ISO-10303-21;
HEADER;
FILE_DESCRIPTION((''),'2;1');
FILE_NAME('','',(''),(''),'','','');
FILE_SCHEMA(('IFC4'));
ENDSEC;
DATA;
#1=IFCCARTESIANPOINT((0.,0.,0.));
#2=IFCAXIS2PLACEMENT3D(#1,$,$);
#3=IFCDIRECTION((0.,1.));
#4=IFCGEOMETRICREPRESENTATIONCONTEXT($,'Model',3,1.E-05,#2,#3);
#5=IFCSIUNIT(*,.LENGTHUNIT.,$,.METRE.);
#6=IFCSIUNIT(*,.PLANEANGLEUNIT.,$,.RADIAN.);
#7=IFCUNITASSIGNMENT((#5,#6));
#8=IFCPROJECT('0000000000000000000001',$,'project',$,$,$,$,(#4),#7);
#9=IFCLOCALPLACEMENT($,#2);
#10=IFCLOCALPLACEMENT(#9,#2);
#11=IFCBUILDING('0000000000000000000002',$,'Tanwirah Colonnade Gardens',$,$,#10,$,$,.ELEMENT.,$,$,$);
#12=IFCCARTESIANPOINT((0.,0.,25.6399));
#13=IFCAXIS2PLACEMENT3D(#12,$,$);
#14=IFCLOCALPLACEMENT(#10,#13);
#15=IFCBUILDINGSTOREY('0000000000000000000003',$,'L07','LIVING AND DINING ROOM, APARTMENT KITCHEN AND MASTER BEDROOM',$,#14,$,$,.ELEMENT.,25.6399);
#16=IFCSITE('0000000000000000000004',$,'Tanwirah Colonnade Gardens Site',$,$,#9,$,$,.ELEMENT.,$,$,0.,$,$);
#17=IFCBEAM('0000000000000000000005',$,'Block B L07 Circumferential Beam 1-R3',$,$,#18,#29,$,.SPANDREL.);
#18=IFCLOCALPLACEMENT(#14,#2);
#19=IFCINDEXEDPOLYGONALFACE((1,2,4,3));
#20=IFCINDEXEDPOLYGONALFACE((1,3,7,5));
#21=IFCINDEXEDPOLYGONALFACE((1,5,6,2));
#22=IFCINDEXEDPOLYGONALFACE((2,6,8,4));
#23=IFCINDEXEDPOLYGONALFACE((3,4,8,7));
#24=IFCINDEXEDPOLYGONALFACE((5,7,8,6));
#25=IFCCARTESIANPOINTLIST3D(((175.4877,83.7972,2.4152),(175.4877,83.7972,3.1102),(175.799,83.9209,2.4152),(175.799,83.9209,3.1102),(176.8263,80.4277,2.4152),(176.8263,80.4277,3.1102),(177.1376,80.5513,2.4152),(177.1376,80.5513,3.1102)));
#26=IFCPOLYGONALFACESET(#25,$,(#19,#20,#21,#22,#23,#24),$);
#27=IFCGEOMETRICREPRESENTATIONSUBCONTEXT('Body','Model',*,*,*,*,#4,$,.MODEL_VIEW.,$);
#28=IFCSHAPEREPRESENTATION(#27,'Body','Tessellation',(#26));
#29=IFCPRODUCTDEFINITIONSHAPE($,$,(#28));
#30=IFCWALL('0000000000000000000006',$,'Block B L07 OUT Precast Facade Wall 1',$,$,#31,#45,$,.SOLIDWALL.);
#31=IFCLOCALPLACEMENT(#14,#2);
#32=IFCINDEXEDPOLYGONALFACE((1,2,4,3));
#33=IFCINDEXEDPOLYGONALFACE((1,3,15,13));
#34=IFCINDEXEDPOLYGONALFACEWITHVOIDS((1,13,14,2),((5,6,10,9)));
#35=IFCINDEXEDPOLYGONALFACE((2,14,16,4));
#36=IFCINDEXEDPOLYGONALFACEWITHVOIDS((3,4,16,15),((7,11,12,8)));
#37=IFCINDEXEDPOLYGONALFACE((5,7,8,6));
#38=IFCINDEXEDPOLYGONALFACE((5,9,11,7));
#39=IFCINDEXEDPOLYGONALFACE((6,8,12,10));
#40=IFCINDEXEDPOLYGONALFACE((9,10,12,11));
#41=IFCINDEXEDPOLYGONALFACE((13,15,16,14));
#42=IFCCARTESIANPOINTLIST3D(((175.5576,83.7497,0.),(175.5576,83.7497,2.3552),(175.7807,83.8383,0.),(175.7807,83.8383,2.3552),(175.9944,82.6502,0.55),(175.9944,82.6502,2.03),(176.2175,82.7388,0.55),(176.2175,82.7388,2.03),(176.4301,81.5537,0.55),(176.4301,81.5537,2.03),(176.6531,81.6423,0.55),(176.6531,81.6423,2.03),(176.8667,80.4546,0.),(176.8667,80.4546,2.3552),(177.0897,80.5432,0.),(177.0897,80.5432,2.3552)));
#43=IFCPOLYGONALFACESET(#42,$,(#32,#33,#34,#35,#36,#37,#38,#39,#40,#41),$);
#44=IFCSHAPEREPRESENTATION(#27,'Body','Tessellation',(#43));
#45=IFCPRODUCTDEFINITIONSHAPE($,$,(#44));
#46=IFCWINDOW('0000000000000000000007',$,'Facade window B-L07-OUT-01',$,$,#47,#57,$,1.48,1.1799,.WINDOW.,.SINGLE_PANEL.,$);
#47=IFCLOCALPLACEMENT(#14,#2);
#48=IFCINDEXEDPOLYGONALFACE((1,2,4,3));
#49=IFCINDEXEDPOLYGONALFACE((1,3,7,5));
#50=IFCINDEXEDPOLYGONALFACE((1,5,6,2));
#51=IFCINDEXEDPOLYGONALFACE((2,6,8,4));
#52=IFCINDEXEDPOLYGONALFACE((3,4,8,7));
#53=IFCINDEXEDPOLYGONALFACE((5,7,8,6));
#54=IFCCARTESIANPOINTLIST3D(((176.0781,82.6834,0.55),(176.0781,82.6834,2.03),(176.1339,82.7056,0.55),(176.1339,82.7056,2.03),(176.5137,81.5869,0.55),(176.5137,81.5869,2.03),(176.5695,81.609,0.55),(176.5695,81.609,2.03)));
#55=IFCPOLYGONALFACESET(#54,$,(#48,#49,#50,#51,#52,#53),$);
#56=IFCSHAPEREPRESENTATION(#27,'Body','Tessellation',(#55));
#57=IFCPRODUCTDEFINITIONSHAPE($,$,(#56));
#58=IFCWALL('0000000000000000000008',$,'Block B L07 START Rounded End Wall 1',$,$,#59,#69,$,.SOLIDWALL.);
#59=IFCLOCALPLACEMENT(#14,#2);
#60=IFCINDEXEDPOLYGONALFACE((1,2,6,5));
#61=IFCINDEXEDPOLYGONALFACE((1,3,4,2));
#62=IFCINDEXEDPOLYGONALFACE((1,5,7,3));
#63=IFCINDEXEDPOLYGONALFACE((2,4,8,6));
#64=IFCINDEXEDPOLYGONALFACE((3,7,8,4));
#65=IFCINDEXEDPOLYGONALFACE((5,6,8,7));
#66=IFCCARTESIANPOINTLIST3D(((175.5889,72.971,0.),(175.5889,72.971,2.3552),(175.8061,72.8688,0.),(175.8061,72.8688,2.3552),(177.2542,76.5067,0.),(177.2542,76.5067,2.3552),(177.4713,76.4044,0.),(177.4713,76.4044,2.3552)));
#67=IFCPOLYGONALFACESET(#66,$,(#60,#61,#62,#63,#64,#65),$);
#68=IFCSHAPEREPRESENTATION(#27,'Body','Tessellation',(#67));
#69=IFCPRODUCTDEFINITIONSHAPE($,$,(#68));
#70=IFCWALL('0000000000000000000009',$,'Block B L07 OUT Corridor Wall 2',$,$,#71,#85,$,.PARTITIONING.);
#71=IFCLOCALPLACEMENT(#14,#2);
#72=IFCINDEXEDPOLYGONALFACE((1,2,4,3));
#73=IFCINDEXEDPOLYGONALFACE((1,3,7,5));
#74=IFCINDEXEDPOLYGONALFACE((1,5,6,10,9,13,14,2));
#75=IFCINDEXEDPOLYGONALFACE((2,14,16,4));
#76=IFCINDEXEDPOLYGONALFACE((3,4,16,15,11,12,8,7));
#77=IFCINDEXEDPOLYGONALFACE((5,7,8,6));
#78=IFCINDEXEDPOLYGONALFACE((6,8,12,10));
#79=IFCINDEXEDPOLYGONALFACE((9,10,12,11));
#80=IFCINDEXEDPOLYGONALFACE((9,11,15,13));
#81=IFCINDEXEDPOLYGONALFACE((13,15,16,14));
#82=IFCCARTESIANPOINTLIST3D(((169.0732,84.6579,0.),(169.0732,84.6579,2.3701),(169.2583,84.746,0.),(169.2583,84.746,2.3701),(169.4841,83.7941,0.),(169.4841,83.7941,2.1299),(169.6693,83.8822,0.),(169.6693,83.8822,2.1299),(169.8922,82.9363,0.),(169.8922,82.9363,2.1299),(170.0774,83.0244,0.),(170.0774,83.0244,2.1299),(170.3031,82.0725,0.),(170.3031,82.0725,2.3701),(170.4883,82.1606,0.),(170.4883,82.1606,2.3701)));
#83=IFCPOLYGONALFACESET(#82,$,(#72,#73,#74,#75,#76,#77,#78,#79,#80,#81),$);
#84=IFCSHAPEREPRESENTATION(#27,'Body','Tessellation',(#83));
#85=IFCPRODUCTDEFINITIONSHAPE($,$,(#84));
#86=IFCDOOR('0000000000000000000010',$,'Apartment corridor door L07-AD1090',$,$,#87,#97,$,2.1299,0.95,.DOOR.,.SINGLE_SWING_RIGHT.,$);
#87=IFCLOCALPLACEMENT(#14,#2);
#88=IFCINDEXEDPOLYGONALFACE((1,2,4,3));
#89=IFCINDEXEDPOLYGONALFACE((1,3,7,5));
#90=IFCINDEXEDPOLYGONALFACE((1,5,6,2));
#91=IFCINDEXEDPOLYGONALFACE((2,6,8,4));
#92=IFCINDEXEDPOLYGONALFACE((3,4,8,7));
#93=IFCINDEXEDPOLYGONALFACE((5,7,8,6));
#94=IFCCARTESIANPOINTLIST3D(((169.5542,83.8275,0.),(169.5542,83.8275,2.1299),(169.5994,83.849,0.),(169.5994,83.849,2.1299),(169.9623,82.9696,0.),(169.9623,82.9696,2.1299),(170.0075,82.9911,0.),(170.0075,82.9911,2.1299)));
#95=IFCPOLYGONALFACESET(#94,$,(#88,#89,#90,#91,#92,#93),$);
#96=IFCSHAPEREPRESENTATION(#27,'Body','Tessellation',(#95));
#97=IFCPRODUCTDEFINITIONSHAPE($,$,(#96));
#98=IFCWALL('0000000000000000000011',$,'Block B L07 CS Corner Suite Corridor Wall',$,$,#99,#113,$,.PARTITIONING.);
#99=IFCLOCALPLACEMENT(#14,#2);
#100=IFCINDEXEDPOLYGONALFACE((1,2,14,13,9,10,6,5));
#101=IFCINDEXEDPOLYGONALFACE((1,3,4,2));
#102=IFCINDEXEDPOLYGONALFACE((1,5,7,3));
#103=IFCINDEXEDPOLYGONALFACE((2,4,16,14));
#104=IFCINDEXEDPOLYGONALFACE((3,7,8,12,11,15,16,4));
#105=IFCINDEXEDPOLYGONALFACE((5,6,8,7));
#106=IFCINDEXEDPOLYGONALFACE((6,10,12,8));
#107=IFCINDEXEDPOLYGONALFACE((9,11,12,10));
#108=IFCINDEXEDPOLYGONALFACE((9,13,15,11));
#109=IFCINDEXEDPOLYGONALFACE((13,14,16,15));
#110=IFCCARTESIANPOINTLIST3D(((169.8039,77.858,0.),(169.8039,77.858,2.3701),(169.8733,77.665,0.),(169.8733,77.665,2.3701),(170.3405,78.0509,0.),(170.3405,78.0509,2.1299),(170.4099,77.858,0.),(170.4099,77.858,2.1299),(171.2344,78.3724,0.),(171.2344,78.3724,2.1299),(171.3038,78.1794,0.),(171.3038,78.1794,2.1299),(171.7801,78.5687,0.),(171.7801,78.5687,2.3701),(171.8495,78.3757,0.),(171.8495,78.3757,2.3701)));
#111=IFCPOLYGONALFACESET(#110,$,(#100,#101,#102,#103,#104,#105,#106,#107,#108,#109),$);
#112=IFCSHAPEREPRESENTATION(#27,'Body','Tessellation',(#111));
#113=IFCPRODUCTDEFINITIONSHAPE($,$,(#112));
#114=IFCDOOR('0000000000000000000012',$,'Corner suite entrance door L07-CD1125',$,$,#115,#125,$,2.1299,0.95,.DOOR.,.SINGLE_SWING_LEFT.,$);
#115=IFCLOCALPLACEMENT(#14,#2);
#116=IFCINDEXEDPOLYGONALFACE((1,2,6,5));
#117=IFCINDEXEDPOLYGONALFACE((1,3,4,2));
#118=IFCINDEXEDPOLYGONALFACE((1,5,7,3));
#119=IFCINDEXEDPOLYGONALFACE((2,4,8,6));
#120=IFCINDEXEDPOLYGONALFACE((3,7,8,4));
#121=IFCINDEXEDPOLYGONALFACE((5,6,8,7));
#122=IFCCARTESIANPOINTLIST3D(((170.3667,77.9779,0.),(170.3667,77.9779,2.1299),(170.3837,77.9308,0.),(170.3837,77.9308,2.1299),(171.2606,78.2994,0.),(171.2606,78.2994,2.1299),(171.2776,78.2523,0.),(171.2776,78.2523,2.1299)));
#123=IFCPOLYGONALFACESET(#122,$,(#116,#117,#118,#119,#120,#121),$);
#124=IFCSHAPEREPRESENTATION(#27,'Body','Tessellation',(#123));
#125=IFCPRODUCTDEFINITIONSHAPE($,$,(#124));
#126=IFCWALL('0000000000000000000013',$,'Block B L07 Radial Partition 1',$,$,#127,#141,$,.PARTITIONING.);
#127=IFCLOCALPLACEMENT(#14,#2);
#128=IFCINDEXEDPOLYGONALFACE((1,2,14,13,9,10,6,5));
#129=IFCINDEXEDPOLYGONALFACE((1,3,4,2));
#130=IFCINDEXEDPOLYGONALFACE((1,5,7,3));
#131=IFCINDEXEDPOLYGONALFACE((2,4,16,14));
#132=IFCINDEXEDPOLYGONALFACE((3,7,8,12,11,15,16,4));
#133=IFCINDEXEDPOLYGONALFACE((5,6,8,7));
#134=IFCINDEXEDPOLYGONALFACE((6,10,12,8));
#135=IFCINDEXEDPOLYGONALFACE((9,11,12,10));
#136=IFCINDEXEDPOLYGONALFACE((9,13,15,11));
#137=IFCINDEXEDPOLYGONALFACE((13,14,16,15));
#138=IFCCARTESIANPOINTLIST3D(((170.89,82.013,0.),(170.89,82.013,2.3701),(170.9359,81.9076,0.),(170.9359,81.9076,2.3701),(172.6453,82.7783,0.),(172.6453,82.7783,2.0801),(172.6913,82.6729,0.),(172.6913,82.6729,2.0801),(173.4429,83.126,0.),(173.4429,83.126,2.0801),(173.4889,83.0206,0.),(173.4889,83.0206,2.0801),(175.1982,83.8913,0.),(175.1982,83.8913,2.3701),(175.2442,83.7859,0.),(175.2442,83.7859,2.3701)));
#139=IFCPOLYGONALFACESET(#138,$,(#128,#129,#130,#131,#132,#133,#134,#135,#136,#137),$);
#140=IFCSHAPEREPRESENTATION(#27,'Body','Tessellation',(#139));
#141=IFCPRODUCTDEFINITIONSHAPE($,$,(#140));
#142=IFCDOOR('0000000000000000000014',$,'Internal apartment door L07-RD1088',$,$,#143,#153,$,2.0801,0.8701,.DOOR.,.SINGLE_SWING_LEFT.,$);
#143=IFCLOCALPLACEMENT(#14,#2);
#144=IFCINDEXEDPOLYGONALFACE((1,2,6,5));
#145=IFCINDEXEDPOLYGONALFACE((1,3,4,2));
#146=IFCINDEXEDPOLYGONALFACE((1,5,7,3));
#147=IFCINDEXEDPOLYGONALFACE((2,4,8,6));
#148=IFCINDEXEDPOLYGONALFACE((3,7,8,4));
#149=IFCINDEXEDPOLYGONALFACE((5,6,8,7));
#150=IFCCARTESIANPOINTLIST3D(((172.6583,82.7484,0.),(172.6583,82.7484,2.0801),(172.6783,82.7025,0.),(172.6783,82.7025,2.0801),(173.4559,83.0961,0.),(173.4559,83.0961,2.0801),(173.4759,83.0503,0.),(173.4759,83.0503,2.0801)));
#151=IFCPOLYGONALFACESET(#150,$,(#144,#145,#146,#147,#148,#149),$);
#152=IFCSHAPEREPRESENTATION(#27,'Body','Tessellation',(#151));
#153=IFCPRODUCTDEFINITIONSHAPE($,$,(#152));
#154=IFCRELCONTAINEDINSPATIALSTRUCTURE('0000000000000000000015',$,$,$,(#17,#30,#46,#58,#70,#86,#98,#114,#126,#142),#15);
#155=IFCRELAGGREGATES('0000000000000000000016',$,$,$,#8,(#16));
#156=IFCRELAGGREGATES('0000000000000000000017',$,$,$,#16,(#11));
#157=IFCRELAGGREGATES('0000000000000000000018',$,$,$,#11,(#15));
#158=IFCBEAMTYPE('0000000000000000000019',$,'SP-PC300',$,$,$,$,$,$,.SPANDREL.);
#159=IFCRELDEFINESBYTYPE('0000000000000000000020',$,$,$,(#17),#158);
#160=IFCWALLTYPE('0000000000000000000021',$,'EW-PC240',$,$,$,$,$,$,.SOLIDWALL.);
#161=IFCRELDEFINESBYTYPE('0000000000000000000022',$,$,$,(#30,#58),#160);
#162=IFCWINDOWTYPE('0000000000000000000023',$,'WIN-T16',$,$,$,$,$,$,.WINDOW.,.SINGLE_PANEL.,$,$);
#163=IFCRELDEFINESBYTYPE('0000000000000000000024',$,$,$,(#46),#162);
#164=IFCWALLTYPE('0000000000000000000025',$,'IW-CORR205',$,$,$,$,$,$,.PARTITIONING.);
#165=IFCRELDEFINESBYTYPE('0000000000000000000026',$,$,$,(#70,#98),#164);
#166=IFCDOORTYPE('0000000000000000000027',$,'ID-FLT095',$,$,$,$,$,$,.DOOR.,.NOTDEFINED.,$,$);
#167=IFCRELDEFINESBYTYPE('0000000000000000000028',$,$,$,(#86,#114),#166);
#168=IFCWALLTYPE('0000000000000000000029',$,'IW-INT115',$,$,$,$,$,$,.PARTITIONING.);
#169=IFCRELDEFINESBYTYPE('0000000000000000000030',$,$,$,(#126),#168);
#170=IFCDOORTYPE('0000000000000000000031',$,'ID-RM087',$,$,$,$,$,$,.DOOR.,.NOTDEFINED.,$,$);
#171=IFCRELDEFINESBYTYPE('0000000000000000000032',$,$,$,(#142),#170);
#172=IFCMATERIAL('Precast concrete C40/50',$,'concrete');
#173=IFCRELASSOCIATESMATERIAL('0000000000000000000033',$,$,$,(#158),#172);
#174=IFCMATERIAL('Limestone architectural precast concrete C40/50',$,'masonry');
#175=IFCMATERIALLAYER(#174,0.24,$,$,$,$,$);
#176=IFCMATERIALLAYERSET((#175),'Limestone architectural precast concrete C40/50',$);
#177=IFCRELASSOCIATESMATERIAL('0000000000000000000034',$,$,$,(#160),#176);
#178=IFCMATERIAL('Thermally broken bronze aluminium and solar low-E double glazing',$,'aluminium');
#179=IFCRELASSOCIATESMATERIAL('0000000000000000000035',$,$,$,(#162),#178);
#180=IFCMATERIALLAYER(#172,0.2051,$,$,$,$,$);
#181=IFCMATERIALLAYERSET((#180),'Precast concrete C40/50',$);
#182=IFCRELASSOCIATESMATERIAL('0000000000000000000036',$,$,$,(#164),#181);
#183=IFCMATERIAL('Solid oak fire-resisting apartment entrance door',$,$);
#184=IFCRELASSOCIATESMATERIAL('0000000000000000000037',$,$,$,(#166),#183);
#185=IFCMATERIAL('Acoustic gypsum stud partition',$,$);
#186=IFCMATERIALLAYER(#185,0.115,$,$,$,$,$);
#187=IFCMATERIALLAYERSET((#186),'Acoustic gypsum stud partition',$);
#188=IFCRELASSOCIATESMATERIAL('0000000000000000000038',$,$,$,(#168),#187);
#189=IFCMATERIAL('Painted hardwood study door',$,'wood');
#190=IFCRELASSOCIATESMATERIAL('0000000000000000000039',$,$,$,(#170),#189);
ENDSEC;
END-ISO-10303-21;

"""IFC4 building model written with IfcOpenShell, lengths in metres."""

from ifc_helpers import new_model, si_unit, direction, frame, frame_2d, origin, origin_2d, place, context, subcontext, project, spatial, rectangle, extrude, material, layer, layer_set, material_profile, profile_set, type_object, element, fill, save


model = new_model("IFC4")

# Units and contexts
model_context = context("Model", 3, precision=1e-05, world=origin(), true_north=direction((0.0, 1.0)))
body_context = subcontext(model_context, "Body", "Model", "MODEL_VIEW")
ifc_project = project(units=[si_unit("LENGTHUNIT", "METRE"), si_unit("PLANEANGLEUNIT", "RADIAN")], contexts=[model_context])

# Site, building, storey
site_placement = place(None, origin())
site = spatial("IfcSite", under=ifc_project, at=site_placement, Name="Tanwirah Colonnade Gardens Site", CompositionType="ELEMENT", RefElevation=0.0)
building_placement = place(site_placement, origin())
building = spatial("IfcBuilding", under=site, at=building_placement, Name="Tanwirah Colonnade Gardens", CompositionType="ELEMENT")
storey_placement = place(building_placement, frame((0.0, 0.0, 25.6399)))
storey = spatial("IfcBuildingStorey", under=building, at=storey_placement, Name="L07", Description="LIVING AND DINING ROOM, APARTMENT KITCHEN AND MASTER BEDROOM", CompositionType="ELEMENT", Elevation=25.6399)

# Shared definitions
ifc_material_1 = material(Name="Precast concrete C40/50", Category="concrete")

# Beam
ifc_material_profile_1 = material_profile(ifc_material_1, rectangle(XDim=0.335, YDim=0.6951, at=origin_2d()), Name="PC-SP 335x695")
ifc_profile_set_1 = profile_set([ifc_material_profile_1], Name="Precast concrete C40/50")
beam_type_1 = type_object("IfcBeamType", Name="SP-PC300", PredefinedType="SPANDREL", material=ifc_profile_set_1)
beam_1_placement = place(storey_placement, frame((176.9819, 80.4895, 2.7627), z_axis=(-0.369195, 0.929352, 0.0), x_axis=(-0.929352, -0.369195, 0.0)))
element("IfcBeam", 1, at=beam_1_placement, inside=storey, type_object=beam_type_1, Name="Block B L07 Circumferential Beam 1-R3", PredefinedType="SPANDREL", context=body_context, shape_type="SweptSolid", body=[
    extrude(rectangle(XDim=0.335, YDim=0.6951, at=origin_2d()), origin(), (0.0, 0.0, 1.0), 3.6257),
])

# Wall, opening, window
ifc_material_2 = material(Name="Limestone architectural precast concrete C40/50", Category="masonry")
ifc_layer_1 = layer(ifc_material_2, 0.24)
ifc_layer_set_1 = layer_set([ifc_layer_1], Name="Limestone architectural precast concrete C40/50")
wall_type_1 = type_object("IfcWallType", Name="EW-PC240", PredefinedType="SOLIDWALL", material=ifc_layer_set_1)
wall_1_placement = place(storey_placement, frame((176.9783, 80.4988, 0.0), z_axis=(0.0, 0.0, 1.0), x_axis=(-0.369205, 0.929348, 0.0)))
wall_1 = element("IfcWall", 2, at=wall_1_placement, inside=storey, type_object=wall_type_1, Name="Block B L07 OUT Precast Facade Wall 1", PredefinedType="SOLIDWALL", context=body_context, shape_type="SweptSolid", body=[
    extrude(rectangle(XDim=3.5457, YDim=0.24, at=frame_2d((1.7729, 0.0))), origin(), (0.0, 0.0, 1.0), 2.3552),
])
opening_1_placement = place(wall_1_placement, frame((1.1829, 0.0, 0.55)))
opening_1 = element("IfcOpeningElement", 3, at=opening_1_placement, cuts=wall_1, PredefinedType="OPENING", context=body_context, shape_type="SweptSolid", body=[
    extrude(rectangle(XDim=1.1799, YDim=1.48, at=frame_2d((0.5898, 0.74))), frame((0.0, 0.1299, 0.0), z_axis=(0.0, -1.0, 0.0), x_axis=(1.0, 0.0, 0.0)), (0.0, 0.0, 1.0), 0.26),
])
ifc_material_3 = material(Name="Thermally broken bronze aluminium and solar low-E double glazing", Category="aluminium")
window_type = type_object("IfcWindowType", Name="WIN-T16", PartitioningType="SINGLE_PANEL", PredefinedType="WINDOW", material=ifc_material_3)
window_placement = place(opening_1_placement, origin())
window = element("IfcWindow", 4, at=window_placement, inside=storey, type_object=window_type, Name="Facade window B-L07-OUT-01", OverallHeight=1.48, OverallWidth=1.1799, PartitioningType="SINGLE_PANEL", PredefinedType="WINDOW", context=body_context, shape_type="SweptSolid", body=[
    extrude(rectangle(XDim=1.1799, YDim=1.48, at=frame_2d((0.5898, 0.74))), frame((0.0, 0.03, 0.0), z_axis=(0.0, -1.0, 0.0), x_axis=(1.0, 0.0, 0.0)), (0.0, 0.0, 1.0), 0.0601),
])
fill(opening_1, window)

# Wall
wall_2_placement = place(storey_placement, frame((177.3628, 76.4556, 0.0), z_axis=(0.0, 0.0, 1.0), x_axis=(-0.426101, -0.904676, 0.0)))
element("IfcWall", 5, at=wall_2_placement, inside=storey, type_object=wall_type_1, Name="Block B L07 START Rounded End Wall 1", PredefinedType="SOLIDWALL", context=body_context, shape_type="SweptSolid", body=[
    extrude(rectangle(XDim=3.9082, YDim=0.24, at=frame_2d((1.9541, 0.0))), origin(), (0.0, 0.0, 1.0), 2.3552),
])

# Walls, openings, doors
ifc_layer_2 = layer(ifc_material_1, 0.2051)
ifc_layer_set_2 = layer_set([ifc_layer_2], Name="Precast concrete C40/50")
wall_type_2 = type_object("IfcWallType", Name="IW-CORR205", PredefinedType="PARTITIONING", material=ifc_layer_set_2)
ifc_material_4 = material(Name="Solid oak fire-resisting apartment entrance door")
wall_3_placement = place(storey_placement, frame((170.3958, 82.1165, 0.0), z_axis=(0.0, 0.0, 1.0), x_axis=(-0.429596, 0.903021, 0.0)))
wall_3 = element("IfcWall", 6, at=wall_3_placement, inside=storey, type_object=wall_type_2, Name="Block B L07 OUT Corridor Wall 2", PredefinedType="PARTITIONING", context=body_context, shape_type="SweptSolid", body=[
    extrude(rectangle(XDim=2.863, YDim=0.2051, at=frame_2d((1.4316, 0.0))), origin(), (0.0, 0.0, 1.0), 2.3701),
])
opening_2_placement = place(wall_3_placement, frame((0.9565, 0.0, 0.0)))
opening_2 = element("IfcOpeningElement", 7, at=opening_2_placement, cuts=wall_3, PredefinedType="OPENING", context=body_context, shape_type="SweptSolid", body=[
    extrude(rectangle(XDim=0.95, YDim=2.1299, at=frame_2d((0.4751, 1.0649))), frame((0.0, 0.1125, 0.0), z_axis=(0.0, -1.0, 0.0), x_axis=(1.0, 0.0, 0.0)), (0.0, 0.0, 1.0), 0.2251),
])
door_type_1 = type_object("IfcDoorType", Name="ID-FLT095", OperationType="NOTDEFINED", PredefinedType="DOOR", material=ifc_material_4)
door_1_placement = place(opening_2_placement, origin())
door_1 = element("IfcDoor", 8, at=door_1_placement, inside=storey, type_object=door_type_1, Name="Apartment corridor door L07-AD1090", OperationType="SINGLE_SWING_RIGHT", OverallHeight=2.1299, OverallWidth=0.95, PredefinedType="DOOR", context=body_context, shape_type="SweptSolid", body=[
    extrude(rectangle(XDim=0.95, YDim=2.1299, at=frame_2d((0.4751, 1.0649))), frame((0.0, 0.0249, 0.0), z_axis=(0.0, -1.0, 0.0), x_axis=(1.0, 0.0, 0.0)), (0.0, 0.0, 1.0), 0.05),
])
fill(opening_2, door_1)
wall_4_placement = place(storey_placement, frame((169.8386, 77.7615, 0.0), z_axis=(0.0, 0.0, 1.0), x_axis=(0.940993, 0.338427, 0.0)))
wall_4 = element("IfcWall", 9, at=wall_4_placement, inside=storey, type_object=wall_type_2, Name="Block B L07 CS Corner Suite Corridor Wall", PredefinedType="PARTITIONING", context=body_context, shape_type="SweptSolid", body=[
    extrude(rectangle(XDim=2.1001, YDim=0.2051, at=frame_2d((1.05, 0.0))), origin(), (0.0, 0.0, 1.0), 2.3701),
])
opening_3_placement = place(wall_4_placement, frame((0.5701, 0.0, 0.0)))
opening_3 = element("IfcOpeningElement", 10, at=opening_3_placement, cuts=wall_4, PredefinedType="OPENING", context=body_context, shape_type="SweptSolid", body=[
    extrude(rectangle(XDim=0.95, YDim=2.1299, at=frame_2d((0.4751, 1.0649))), frame((0.0, 0.1125, 0.0), z_axis=(0.0, -1.0, 0.0), x_axis=(1.0, 0.0, 0.0)), (0.0, 0.0, 1.0), 0.2251),
])
door_2_placement = place(opening_3_placement, origin())
door_2 = element("IfcDoor", 11, at=door_2_placement, inside=storey, type_object=door_type_1, Name="Corner suite entrance door L07-CD1125", OperationType="SINGLE_SWING_LEFT", OverallHeight=2.1299, OverallWidth=0.95, PredefinedType="DOOR", context=body_context, shape_type="SweptSolid", body=[
    extrude(rectangle(XDim=0.95, YDim=2.1299, at=frame_2d((0.4751, 1.0649))), frame((0.0, 0.0249, 0.0), z_axis=(0.0, -1.0, 0.0), x_axis=(1.0, 0.0, 0.0)), (0.0, 0.0, 1.0), 0.05),
])
fill(opening_3, door_2)
ifc_material_5 = material(Name="Acoustic gypsum stud partition")
ifc_layer_3 = layer(ifc_material_5, 0.115)
ifc_layer_set_3 = layer_set([ifc_layer_3], Name="Acoustic gypsum stud partition")
wall_type_3 = type_object("IfcWallType", Name="IW-INT115", PredefinedType="PARTITIONING", material=ifc_layer_set_3)
wall_5_placement = place(storey_placement, frame((170.9128, 81.9602, 0.0), z_axis=(0.0, 0.0, 1.0), x_axis=(0.916663, 0.39966, 0.0)))
wall_5 = element("IfcWall", 12, at=wall_5_placement, inside=storey, type_object=wall_type_3, Name="Block B L07 Radial Partition 1", PredefinedType="PARTITIONING", context=body_context, shape_type="SweptSolid", body=[
    extrude(rectangle(XDim=4.7, YDim=0.115, at=frame_2d((2.3501, 0.0))), origin(), (0.0, 0.0, 1.0), 2.3701),
])
opening_4_placement = place(wall_5_placement, frame((1.915, 0.0, 0.0)))
opening_4 = element("IfcOpeningElement", 13, at=opening_4_placement, cuts=wall_5, PredefinedType="OPENING", context=body_context, shape_type="SweptSolid", body=[
    extrude(rectangle(XDim=0.8701, YDim=2.0801, at=frame_2d((0.4351, 1.04))), frame((0.0, 0.0674, 0.0), z_axis=(0.0, -1.0, 0.0), x_axis=(1.0, 0.0, 0.0)), (0.0, 0.0, 1.0), 0.135),
])
ifc_material_6 = material(Name="Painted hardwood study door", Category="wood")
door_type_2 = type_object("IfcDoorType", Name="ID-RM087", OperationType="NOTDEFINED", PredefinedType="DOOR", material=ifc_material_6)
door_3_placement = place(opening_4_placement, origin())
door_3 = element("IfcDoor", 14, at=door_3_placement, inside=storey, type_object=door_type_2, Name="Internal apartment door L07-RD1088", OperationType="SINGLE_SWING_LEFT", OverallHeight=2.0801, OverallWidth=0.8701, PredefinedType="DOOR", context=body_context, shape_type="SweptSolid", body=[
    extrude(rectangle(XDim=0.8701, YDim=2.0801, at=frame_2d((0.4351, 1.04))), frame((0.0, 0.0249, 0.0), z_axis=(0.0, -1.0, 0.0), x_axis=(1.0, 0.0, 0.0)), (0.0, 0.0, 1.0), 0.05),
])
fill(opening_4, door_3)

save(model, "model.ifc")
